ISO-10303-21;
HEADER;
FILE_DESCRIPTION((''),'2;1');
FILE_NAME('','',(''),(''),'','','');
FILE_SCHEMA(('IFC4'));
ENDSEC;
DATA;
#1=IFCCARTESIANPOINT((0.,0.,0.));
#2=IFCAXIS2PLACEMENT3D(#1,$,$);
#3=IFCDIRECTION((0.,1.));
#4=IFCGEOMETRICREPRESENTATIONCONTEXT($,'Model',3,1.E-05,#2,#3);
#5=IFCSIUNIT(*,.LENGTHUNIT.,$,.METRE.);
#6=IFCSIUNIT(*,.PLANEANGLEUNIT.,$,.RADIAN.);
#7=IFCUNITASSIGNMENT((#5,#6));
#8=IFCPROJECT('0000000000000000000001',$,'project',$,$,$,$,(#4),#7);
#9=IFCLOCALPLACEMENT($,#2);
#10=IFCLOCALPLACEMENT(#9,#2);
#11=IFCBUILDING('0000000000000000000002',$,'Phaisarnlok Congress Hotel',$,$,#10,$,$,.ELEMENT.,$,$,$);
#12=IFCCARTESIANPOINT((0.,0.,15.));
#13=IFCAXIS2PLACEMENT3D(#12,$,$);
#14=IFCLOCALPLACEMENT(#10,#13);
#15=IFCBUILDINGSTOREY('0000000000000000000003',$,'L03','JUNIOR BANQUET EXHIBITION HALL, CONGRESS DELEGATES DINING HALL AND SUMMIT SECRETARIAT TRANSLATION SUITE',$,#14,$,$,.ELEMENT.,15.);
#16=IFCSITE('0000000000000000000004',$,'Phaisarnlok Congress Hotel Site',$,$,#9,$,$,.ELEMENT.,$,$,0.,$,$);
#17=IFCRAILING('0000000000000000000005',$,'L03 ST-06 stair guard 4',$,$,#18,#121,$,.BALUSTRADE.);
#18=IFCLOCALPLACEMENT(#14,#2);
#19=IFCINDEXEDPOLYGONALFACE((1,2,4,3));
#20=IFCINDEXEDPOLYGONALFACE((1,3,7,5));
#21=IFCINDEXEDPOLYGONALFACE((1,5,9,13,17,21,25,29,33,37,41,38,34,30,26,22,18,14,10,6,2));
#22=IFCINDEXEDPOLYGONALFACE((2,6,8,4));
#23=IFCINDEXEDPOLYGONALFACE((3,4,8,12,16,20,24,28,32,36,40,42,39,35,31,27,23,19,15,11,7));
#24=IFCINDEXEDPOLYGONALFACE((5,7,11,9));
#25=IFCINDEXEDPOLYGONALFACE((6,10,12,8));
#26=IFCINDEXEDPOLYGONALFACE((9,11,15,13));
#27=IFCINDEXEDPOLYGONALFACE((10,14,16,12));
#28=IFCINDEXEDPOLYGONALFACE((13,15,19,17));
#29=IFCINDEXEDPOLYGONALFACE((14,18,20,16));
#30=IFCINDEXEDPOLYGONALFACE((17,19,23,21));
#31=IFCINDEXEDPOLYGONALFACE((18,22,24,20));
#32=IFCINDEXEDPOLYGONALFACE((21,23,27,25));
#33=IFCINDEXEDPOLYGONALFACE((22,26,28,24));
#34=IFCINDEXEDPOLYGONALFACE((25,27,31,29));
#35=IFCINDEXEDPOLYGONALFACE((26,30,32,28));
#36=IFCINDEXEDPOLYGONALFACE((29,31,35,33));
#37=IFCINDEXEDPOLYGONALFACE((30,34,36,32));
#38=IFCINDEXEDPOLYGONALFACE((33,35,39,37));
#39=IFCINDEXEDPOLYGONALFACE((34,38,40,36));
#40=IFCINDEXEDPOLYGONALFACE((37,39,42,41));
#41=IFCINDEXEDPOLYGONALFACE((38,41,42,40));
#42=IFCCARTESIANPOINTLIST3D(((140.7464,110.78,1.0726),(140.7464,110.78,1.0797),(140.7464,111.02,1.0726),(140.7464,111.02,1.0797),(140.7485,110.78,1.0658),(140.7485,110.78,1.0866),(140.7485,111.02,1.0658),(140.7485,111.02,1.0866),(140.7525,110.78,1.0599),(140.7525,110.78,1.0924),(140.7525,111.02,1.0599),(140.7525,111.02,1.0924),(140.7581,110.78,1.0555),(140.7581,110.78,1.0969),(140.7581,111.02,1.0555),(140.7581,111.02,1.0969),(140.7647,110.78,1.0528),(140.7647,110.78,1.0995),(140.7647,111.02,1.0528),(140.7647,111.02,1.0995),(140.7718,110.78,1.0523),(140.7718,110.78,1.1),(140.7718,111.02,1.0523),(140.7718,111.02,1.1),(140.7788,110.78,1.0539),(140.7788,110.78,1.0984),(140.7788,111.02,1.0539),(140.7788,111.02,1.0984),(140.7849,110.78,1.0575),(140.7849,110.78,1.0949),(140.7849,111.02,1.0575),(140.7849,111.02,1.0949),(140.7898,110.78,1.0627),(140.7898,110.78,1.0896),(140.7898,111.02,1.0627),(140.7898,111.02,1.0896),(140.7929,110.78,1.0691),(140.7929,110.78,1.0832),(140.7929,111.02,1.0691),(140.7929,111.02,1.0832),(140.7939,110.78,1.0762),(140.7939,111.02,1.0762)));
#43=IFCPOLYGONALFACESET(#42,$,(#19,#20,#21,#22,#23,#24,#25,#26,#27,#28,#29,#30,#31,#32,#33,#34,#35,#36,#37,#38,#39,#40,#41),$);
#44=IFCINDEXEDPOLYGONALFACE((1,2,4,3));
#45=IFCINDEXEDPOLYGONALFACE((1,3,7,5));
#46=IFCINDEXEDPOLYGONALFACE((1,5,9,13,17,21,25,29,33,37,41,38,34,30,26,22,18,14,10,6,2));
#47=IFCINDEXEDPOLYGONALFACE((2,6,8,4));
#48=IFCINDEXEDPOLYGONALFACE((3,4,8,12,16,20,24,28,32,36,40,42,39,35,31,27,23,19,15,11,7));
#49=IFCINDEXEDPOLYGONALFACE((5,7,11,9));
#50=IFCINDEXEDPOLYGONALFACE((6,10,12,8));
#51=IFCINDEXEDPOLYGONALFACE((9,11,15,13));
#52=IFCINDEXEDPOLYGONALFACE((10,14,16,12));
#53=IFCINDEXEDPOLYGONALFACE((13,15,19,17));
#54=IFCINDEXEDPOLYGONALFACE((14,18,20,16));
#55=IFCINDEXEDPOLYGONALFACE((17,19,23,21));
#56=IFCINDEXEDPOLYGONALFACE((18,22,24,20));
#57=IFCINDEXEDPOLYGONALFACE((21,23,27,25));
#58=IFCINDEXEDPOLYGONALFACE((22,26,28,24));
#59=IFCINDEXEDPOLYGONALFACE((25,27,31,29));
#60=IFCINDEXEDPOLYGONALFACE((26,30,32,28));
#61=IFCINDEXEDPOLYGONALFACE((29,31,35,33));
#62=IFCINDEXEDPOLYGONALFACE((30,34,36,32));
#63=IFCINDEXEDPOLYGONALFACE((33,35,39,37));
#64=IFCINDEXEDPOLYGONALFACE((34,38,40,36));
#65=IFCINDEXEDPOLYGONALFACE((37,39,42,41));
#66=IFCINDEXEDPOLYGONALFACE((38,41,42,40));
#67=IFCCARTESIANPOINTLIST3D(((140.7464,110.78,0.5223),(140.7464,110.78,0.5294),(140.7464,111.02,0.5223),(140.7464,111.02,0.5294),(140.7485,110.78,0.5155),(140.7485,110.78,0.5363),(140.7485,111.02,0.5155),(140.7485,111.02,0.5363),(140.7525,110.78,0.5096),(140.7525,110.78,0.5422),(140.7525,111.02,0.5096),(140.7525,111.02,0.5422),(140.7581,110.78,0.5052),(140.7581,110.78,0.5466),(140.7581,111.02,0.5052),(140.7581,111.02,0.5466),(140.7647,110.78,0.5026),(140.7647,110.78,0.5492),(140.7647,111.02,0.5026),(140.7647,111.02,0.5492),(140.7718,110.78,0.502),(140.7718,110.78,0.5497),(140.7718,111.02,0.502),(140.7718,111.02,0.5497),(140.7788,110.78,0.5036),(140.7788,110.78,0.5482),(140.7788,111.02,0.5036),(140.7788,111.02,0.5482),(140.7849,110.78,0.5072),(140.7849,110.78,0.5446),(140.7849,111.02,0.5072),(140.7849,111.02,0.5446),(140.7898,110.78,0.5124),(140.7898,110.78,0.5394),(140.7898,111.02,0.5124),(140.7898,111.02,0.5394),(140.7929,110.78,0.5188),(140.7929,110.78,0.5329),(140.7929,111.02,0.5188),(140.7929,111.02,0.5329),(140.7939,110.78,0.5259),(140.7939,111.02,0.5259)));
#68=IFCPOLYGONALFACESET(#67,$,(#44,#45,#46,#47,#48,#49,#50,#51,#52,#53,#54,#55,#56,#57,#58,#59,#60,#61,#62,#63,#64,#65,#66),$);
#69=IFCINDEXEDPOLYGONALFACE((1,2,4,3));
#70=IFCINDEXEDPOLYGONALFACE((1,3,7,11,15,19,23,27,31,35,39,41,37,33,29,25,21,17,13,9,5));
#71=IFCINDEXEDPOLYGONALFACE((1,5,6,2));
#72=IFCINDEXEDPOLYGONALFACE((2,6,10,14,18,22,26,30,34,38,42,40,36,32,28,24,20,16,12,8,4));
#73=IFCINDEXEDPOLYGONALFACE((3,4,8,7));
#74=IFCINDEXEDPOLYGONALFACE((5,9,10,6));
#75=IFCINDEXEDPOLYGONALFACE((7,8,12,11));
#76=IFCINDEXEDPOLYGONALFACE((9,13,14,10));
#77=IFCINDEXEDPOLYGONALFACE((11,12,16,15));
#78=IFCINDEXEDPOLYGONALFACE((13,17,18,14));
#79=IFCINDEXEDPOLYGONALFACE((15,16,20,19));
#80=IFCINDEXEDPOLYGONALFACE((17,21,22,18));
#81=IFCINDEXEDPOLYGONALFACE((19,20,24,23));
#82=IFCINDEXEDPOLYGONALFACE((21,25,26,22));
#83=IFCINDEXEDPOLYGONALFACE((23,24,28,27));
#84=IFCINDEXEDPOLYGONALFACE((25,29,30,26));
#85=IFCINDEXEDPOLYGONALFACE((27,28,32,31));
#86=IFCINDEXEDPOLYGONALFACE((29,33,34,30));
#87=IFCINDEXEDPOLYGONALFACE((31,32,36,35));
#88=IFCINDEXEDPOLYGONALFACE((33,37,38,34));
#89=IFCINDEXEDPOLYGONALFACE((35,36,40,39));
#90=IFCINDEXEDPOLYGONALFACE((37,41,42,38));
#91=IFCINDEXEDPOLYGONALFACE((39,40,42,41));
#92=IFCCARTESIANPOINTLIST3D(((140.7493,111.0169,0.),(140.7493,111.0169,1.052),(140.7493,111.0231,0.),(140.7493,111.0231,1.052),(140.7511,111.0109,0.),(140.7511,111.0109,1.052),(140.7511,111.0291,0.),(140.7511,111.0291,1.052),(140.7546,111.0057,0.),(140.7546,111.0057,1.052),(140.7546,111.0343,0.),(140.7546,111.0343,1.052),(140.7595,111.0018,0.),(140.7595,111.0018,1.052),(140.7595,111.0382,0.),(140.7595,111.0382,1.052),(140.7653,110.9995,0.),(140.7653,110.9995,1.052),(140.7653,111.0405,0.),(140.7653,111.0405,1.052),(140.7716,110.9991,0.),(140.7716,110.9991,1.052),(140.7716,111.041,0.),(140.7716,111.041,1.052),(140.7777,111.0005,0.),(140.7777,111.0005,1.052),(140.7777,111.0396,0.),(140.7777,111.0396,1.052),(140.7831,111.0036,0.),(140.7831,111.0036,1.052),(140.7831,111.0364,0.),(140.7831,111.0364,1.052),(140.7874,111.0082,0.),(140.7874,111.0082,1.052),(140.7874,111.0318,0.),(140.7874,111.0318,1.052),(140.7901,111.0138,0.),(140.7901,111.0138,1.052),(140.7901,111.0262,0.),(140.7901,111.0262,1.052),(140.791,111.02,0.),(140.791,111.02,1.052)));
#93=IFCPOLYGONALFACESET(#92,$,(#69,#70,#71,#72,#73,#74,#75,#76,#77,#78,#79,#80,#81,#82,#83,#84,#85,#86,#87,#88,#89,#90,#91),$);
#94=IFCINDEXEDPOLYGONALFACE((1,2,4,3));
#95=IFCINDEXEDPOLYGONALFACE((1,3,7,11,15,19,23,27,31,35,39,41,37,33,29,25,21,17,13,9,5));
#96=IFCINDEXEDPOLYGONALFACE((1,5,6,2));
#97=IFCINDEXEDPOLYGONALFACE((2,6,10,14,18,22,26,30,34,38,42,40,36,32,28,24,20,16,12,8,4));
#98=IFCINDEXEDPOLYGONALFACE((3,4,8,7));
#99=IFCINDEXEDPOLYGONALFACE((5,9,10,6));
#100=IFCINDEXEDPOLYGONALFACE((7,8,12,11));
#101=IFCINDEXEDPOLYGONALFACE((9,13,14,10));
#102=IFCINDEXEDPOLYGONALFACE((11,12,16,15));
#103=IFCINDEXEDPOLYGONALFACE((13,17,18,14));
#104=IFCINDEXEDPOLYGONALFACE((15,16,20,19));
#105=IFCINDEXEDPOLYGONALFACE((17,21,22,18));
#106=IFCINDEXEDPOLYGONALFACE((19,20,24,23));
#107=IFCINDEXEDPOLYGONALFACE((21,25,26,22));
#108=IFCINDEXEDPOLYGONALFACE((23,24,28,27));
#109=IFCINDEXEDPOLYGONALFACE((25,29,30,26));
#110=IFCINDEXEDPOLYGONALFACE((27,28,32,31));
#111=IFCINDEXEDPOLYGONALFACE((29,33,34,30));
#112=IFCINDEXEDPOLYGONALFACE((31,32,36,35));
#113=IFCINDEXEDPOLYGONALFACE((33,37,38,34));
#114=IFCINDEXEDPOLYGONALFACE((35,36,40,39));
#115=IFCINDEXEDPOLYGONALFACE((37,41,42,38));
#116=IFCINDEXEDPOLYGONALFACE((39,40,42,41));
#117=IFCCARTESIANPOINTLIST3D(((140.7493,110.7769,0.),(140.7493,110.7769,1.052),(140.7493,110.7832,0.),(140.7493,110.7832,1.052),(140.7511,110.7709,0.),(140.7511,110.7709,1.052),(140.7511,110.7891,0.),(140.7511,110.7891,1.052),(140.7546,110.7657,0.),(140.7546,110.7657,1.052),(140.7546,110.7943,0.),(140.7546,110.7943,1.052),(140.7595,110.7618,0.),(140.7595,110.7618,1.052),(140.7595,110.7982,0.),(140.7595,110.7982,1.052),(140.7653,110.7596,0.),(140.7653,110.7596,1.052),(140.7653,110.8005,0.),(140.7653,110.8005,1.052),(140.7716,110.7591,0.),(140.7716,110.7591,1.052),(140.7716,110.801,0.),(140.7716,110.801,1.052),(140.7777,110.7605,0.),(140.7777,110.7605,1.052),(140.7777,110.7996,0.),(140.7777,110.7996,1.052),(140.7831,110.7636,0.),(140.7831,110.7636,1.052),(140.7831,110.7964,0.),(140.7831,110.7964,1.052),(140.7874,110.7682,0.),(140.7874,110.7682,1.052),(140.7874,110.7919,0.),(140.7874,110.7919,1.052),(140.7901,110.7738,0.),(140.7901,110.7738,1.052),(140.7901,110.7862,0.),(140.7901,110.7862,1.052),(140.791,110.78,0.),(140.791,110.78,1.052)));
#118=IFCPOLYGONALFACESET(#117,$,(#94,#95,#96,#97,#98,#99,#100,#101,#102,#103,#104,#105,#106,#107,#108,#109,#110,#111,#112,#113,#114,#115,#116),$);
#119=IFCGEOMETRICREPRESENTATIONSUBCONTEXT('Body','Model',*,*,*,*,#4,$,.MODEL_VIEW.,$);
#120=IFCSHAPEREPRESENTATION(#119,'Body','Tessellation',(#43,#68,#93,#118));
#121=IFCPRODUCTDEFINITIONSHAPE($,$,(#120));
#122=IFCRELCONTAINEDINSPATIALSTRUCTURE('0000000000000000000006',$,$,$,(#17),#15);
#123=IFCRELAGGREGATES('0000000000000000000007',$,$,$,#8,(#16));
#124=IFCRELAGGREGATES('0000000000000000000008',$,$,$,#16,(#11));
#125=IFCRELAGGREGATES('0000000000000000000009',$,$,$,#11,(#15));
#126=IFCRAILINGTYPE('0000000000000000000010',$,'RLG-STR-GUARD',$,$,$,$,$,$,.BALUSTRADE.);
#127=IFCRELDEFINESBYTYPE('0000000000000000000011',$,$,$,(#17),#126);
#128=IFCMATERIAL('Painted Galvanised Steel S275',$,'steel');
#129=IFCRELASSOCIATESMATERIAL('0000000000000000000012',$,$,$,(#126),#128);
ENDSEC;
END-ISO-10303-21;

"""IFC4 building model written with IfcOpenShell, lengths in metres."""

from ifc_helpers import new_model, si_unit, direction, frame, origin, origin_2d, place, context, subcontext, project, spatial, circle, extrude, material, type_object, element, save


model = new_model("IFC4")

# Units and contexts
model_context = context("Model", 3, precision=1e-05, world=origin(), true_north=direction((0.0, 1.0)))
body_context = subcontext(model_context, "Body", "Model", "MODEL_VIEW")
ifc_project = project(units=[si_unit("LENGTHUNIT", "METRE"), si_unit("PLANEANGLEUNIT", "RADIAN")], contexts=[model_context])

# Site, building, storey
site_placement = place(None, origin())
site = spatial("IfcSite", under=ifc_project, at=site_placement, Name="Phaisarnlok Congress Hotel Site", CompositionType="ELEMENT", RefElevation=0.0)
building_placement = place(site_placement, origin())
building = spatial("IfcBuilding", under=site, at=building_placement, Name="Phaisarnlok Congress Hotel", CompositionType="ELEMENT")
storey_placement = place(building_placement, frame((0.0, 0.0, 15.0)))
storey = spatial("IfcBuildingStorey", under=building, at=storey_placement, Name="L03", Description="JUNIOR BANQUET EXHIBITION HALL, CONGRESS DELEGATES DINING HALL AND SUMMIT SECRETARIAT TRANSLATION SUITE", CompositionType="ELEMENT", Elevation=15.0)

# Railing
ifc_material_1 = material(Name="Painted Galvanised Steel S275", Category="steel")
railing_type_1 = type_object("IfcRailingType", Name="RLG-STR-GUARD", PredefinedType="BALUSTRADE", material=ifc_material_1)
railing_1_placement = place(storey_placement, frame((140.77, 111.02, 0.0)))
element("IfcRailing", 1, at=railing_1_placement, inside=storey, type_object=railing_type_1, Name="L03 ST-06 stair guard 4", PredefinedType="BALUSTRADE", context=body_context, shape_type="SweptSolid", body=[
    extrude(circle(Radius=0.0239, at=origin_2d()), frame((0.0, 0.0, 1.0762), z_axis=(0.0, -1.0, 0.0), x_axis=(1.0, 0.0, 0.0)), (0.0, 0.0, 1.0), 0.24),
    extrude(circle(Radius=0.0239, at=origin_2d()), frame((0.0, 0.0, 0.5259), z_axis=(0.0, -1.0, 0.0), x_axis=(1.0, 0.0, 0.0)), (0.0, 0.0, 1.0), 0.24),
    extrude(circle(Radius=0.021, at=origin_2d()), origin(), (0.0, 0.0, 1.0), 1.052),
    extrude(circle(Radius=0.021, at=origin_2d()), frame((0.0, -0.24, 0.0)), (0.0, 0.0, 1.0), 1.052),
])

save(model, "model.ifc")
